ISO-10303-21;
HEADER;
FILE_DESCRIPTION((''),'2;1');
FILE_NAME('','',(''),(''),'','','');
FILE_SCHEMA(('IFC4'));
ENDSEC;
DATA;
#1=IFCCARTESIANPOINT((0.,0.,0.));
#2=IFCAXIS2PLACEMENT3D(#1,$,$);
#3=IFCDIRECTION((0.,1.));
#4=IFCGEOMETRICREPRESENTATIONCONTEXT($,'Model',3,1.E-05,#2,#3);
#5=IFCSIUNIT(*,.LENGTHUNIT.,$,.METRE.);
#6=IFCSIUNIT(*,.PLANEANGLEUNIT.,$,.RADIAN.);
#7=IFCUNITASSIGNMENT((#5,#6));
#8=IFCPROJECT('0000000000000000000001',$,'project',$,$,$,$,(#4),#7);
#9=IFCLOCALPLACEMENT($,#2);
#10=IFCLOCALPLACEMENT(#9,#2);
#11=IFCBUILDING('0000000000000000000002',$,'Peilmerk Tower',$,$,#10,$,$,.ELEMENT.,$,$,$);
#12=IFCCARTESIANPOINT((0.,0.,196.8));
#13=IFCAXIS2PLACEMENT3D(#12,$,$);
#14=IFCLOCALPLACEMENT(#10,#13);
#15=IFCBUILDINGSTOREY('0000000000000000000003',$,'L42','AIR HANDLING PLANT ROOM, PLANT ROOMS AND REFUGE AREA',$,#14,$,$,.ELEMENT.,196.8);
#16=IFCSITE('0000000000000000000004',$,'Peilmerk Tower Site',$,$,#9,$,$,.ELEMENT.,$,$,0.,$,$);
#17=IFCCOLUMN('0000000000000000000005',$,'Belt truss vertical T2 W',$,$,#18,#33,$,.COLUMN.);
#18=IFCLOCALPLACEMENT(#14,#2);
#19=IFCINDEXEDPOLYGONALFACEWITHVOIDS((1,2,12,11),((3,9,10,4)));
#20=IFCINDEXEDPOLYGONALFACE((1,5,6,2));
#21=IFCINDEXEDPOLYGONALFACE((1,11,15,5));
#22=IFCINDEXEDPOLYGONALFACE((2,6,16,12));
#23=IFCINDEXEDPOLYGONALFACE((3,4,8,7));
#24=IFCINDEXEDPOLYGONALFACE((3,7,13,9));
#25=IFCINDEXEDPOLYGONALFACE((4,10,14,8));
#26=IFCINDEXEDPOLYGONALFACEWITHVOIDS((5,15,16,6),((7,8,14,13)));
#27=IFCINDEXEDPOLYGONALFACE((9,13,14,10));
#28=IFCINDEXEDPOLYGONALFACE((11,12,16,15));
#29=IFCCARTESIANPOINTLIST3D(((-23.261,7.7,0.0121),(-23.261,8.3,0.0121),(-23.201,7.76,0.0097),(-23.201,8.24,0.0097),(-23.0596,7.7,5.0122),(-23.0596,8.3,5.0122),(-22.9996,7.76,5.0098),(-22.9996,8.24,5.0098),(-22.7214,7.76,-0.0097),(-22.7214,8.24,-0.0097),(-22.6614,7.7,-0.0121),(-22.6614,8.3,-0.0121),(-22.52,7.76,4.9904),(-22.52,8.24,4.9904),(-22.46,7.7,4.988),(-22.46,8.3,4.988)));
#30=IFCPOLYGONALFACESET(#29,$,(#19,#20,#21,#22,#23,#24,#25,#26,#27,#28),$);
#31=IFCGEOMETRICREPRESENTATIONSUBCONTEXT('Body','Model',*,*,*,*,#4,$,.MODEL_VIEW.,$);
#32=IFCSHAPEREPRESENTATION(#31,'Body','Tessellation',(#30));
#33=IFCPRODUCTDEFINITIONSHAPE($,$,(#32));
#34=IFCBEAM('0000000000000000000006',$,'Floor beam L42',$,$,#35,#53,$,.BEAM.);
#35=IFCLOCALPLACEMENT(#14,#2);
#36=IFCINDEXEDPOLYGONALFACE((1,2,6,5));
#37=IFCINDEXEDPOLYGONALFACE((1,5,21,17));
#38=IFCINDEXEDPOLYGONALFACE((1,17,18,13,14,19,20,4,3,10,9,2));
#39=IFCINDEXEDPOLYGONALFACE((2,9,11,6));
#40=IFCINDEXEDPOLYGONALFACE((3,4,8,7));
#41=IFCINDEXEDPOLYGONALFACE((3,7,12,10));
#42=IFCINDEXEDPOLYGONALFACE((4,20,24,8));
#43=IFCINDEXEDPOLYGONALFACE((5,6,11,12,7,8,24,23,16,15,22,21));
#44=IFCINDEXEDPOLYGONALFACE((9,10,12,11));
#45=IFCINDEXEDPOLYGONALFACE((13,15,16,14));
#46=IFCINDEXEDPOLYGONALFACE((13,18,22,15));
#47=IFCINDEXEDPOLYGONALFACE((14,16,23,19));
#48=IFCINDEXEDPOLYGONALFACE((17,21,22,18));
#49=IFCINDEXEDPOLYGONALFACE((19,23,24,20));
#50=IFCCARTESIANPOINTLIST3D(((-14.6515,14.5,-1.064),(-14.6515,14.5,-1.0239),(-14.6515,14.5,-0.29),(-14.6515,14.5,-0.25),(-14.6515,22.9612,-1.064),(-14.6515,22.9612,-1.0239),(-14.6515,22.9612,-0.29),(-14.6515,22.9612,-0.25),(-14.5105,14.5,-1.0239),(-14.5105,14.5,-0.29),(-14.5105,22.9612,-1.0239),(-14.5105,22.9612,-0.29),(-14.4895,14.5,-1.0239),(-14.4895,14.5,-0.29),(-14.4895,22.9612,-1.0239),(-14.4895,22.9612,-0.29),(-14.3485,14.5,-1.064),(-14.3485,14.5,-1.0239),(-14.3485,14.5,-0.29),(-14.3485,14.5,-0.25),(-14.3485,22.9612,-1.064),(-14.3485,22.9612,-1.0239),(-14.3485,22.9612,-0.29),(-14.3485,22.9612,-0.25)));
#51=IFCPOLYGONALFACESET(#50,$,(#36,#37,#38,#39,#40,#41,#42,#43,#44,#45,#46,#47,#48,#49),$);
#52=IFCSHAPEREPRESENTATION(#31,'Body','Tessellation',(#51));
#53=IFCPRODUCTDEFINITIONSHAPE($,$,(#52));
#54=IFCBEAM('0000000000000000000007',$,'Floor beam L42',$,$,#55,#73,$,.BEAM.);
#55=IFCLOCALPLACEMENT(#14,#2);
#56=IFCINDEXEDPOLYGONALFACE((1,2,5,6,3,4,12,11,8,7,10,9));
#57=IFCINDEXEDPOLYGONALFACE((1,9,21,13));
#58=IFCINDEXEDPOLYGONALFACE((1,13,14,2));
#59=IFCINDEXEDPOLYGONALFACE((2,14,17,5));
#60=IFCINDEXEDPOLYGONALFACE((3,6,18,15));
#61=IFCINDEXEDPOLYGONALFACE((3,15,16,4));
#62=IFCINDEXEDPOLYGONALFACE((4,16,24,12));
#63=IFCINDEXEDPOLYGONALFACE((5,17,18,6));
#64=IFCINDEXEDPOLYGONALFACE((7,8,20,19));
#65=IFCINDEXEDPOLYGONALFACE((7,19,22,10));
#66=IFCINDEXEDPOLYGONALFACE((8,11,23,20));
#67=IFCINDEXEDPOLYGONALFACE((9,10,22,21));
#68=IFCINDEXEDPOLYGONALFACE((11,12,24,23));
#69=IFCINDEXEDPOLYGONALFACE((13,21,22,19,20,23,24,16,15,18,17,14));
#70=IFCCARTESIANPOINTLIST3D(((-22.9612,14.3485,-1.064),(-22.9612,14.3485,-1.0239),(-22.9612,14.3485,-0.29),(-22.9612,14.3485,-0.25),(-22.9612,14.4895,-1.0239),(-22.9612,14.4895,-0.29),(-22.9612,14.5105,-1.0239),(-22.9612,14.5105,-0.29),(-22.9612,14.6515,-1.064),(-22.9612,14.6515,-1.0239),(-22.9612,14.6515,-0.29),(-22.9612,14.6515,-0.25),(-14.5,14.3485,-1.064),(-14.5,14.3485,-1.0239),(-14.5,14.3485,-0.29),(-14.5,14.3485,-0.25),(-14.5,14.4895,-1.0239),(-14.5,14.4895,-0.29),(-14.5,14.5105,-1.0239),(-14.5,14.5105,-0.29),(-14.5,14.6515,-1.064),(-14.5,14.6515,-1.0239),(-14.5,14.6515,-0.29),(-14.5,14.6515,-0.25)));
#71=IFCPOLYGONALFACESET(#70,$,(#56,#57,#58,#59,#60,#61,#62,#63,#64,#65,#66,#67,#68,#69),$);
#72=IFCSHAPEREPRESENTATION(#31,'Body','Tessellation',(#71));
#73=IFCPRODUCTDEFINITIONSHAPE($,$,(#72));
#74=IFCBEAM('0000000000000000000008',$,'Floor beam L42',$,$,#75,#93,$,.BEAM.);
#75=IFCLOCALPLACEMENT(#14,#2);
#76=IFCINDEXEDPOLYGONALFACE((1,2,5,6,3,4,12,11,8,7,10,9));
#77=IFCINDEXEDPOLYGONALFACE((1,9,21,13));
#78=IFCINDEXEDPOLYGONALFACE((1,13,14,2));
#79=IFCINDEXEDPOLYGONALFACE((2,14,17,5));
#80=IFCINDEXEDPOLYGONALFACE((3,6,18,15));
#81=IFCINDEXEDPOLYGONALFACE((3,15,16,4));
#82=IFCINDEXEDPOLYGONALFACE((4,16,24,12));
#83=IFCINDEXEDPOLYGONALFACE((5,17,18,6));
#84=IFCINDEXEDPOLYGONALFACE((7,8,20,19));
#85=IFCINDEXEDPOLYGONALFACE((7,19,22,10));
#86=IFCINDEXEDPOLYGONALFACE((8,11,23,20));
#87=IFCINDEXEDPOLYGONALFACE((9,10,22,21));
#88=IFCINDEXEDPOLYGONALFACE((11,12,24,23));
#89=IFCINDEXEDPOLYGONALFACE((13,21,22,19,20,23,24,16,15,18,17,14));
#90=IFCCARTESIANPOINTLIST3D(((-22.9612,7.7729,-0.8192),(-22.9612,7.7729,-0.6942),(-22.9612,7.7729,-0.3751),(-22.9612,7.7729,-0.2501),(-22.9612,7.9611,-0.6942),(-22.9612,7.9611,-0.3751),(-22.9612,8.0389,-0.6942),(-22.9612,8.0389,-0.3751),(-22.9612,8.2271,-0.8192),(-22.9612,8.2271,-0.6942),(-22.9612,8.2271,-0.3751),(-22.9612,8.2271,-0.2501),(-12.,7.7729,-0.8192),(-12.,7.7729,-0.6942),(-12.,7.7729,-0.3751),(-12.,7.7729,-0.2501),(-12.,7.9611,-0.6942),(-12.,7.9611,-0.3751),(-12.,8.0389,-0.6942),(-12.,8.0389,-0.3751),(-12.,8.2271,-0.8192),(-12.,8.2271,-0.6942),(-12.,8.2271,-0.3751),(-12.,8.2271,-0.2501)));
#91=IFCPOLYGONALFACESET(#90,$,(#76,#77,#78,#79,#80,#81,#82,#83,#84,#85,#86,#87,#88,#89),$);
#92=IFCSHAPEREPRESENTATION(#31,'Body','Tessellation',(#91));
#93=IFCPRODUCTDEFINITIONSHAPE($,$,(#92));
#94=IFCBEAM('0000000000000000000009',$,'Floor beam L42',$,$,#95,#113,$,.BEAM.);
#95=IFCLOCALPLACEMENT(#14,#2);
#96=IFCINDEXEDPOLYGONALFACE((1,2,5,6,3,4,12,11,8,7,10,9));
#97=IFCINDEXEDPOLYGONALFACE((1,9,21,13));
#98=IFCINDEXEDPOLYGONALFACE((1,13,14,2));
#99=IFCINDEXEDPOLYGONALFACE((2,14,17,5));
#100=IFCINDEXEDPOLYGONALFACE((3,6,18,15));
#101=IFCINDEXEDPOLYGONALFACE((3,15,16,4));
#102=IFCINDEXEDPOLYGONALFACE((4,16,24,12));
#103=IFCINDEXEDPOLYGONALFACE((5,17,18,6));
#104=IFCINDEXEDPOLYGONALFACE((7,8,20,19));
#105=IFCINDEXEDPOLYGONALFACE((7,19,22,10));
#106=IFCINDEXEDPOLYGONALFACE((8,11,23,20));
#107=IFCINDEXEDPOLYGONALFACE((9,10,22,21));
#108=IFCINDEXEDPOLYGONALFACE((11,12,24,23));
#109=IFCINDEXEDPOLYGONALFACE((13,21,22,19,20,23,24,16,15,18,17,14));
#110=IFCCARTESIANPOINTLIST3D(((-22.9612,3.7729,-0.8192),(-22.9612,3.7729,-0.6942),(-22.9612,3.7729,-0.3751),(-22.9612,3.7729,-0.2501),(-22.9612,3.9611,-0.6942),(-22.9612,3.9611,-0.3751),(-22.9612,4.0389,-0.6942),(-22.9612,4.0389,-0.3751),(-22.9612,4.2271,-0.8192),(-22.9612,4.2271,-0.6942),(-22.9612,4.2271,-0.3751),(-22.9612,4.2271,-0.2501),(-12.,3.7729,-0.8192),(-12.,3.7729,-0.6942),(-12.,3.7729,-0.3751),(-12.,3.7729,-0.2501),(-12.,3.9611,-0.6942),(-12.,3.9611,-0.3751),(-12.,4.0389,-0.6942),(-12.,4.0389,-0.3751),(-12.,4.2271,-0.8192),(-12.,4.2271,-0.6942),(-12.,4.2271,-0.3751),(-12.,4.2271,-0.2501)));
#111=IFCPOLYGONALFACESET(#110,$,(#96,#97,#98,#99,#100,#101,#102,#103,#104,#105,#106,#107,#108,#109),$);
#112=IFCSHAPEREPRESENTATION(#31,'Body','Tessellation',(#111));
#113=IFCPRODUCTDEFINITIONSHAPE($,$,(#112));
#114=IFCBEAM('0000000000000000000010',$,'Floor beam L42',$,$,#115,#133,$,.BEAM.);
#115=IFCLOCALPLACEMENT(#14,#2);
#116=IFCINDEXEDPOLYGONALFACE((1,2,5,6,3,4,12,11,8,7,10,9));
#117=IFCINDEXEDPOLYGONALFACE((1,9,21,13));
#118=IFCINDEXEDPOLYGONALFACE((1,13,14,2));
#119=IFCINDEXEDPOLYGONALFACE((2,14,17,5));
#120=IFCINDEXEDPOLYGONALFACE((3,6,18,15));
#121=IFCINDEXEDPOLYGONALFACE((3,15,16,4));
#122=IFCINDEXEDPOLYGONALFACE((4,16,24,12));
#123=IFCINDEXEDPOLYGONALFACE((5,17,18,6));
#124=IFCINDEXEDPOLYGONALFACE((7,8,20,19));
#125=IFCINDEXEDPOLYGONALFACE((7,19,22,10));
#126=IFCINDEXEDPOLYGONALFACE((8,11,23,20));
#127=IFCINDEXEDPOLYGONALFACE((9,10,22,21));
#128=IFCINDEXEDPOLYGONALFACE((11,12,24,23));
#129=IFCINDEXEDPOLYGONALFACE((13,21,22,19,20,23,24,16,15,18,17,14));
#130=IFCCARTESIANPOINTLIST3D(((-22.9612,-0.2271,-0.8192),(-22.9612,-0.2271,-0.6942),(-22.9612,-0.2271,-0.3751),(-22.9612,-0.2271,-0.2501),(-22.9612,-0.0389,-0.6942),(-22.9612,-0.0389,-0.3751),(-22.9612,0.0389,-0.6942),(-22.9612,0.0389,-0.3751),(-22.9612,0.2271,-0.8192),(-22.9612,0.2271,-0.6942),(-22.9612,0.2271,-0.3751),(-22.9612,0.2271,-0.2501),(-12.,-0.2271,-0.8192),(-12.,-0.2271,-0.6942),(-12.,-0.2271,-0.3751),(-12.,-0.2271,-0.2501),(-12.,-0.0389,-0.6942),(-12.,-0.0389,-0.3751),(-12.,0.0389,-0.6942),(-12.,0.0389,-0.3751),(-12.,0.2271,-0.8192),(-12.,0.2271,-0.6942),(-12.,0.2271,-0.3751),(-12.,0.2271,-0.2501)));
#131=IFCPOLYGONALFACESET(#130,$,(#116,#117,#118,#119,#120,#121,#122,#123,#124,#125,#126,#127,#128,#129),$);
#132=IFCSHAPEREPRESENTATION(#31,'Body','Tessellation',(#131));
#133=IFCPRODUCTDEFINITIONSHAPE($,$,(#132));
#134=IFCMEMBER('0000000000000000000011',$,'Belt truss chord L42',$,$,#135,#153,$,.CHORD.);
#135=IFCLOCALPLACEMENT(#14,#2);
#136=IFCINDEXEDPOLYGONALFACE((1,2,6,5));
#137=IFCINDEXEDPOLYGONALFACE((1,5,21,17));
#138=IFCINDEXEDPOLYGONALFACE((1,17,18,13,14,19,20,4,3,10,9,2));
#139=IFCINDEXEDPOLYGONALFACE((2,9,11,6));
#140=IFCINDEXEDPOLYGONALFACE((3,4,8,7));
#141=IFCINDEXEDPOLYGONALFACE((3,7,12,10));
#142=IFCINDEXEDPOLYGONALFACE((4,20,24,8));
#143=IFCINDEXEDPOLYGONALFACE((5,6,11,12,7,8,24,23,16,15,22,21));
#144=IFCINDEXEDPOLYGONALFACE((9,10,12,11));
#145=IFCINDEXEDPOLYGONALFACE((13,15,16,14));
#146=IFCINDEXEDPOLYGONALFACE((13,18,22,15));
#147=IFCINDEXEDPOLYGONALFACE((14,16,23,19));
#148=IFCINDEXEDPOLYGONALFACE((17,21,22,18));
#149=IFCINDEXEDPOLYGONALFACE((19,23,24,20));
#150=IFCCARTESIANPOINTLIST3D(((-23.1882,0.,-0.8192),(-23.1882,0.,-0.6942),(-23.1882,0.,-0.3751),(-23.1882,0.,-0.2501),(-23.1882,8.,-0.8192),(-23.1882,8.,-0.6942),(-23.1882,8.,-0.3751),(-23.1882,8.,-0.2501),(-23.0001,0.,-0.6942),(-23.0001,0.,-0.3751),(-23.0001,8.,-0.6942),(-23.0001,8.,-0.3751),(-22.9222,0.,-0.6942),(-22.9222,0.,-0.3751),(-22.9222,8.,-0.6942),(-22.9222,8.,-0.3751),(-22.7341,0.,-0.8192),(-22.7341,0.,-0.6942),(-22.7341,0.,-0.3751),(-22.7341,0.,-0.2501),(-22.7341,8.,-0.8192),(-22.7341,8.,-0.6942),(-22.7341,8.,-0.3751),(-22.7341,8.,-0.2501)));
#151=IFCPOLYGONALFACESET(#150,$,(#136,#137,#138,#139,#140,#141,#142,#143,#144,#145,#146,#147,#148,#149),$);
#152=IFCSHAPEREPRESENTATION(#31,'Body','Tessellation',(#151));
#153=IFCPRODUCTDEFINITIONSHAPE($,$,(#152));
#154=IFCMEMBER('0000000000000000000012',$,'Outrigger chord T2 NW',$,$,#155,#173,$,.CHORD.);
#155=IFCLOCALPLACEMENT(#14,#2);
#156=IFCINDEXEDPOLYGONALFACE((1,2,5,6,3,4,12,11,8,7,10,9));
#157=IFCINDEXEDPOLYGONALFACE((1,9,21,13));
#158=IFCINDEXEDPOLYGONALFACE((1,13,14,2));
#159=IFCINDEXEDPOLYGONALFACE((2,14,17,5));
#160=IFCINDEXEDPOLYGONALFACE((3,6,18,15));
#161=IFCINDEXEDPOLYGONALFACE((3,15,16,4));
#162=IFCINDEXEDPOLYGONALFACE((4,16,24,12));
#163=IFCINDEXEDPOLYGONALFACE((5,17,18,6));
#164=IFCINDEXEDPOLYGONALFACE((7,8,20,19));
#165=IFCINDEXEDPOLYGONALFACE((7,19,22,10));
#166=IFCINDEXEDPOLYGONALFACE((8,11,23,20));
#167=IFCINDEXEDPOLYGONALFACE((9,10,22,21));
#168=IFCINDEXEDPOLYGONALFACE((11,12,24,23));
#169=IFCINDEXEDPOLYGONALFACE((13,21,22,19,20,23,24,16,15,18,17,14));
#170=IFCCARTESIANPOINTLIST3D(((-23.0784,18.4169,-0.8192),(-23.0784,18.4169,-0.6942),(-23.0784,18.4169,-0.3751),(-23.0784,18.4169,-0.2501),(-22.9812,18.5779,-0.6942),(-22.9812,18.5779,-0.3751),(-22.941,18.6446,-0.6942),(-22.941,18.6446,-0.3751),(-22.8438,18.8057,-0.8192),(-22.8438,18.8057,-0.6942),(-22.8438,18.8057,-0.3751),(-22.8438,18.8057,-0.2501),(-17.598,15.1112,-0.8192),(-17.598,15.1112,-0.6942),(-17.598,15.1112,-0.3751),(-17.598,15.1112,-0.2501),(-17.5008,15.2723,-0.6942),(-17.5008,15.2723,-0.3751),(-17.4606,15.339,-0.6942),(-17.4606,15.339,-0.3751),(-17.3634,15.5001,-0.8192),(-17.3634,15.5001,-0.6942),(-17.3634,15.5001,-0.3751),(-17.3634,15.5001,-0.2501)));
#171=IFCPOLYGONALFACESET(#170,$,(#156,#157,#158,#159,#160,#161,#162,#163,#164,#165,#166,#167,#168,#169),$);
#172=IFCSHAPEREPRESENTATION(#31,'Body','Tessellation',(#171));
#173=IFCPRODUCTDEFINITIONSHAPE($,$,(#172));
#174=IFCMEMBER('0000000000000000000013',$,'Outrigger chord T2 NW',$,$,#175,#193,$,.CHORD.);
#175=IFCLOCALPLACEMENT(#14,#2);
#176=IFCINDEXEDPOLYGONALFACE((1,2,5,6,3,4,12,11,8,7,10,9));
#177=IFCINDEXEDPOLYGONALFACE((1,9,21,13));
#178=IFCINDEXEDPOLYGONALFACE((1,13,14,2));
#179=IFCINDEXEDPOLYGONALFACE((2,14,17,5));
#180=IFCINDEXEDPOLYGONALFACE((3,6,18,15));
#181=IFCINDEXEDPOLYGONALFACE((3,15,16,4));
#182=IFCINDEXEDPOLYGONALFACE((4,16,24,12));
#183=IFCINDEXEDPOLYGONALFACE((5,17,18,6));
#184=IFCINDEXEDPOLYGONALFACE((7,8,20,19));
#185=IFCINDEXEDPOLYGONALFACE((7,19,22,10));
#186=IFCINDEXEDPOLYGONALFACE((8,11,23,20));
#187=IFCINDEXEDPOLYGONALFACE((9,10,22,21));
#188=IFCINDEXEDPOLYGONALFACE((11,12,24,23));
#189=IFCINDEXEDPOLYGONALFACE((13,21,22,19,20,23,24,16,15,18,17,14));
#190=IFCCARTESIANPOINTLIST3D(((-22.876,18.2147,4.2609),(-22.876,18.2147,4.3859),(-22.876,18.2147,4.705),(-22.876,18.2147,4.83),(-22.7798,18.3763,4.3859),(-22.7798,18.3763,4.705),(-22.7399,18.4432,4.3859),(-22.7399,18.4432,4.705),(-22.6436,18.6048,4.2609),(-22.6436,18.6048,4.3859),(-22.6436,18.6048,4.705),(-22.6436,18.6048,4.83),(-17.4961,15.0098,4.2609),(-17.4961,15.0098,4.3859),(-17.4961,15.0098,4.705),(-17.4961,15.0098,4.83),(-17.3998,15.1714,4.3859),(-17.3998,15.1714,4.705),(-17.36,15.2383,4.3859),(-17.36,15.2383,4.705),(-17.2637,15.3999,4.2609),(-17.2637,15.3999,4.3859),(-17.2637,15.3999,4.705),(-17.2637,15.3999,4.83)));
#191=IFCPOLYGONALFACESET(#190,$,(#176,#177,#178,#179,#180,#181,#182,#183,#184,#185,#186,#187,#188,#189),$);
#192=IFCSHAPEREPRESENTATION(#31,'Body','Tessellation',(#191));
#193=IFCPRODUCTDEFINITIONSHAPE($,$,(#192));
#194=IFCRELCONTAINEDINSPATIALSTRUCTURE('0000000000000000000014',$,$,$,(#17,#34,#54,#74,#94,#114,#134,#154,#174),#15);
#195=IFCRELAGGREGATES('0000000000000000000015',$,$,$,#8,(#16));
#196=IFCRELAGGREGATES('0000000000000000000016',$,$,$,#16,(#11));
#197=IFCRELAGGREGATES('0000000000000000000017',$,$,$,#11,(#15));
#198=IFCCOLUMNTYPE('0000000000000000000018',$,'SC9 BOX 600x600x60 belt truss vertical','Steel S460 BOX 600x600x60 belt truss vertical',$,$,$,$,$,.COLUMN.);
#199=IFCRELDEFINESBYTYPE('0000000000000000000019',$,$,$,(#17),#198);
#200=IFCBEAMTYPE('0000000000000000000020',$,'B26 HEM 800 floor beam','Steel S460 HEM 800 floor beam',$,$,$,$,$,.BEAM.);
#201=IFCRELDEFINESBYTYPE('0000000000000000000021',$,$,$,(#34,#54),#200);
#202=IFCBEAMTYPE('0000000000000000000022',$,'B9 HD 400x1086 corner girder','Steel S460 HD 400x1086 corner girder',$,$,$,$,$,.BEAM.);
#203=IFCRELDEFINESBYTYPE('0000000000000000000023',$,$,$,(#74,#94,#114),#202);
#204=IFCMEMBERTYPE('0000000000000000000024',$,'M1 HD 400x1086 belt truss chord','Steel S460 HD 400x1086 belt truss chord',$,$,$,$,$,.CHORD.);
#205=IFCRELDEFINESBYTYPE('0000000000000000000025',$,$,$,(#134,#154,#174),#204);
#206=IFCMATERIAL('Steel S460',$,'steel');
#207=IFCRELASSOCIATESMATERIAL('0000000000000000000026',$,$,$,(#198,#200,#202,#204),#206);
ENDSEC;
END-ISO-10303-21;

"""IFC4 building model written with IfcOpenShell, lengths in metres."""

from ifc_helpers import new_model, si_unit, direction, frame, origin, origin_2d, place, context, subcontext, project, spatial, hollow_rectangle, i_section, extrude, material, material_profile, profile_set, type_object, element, save


model = new_model("IFC4")

# Units and contexts
model_context = context("Model", 3, precision=1e-05, world=origin(), true_north=direction((0.0, 1.0)))
body_context = subcontext(model_context, "Body", "Model", "MODEL_VIEW")
ifc_project = project(units=[si_unit("LENGTHUNIT", "METRE"), si_unit("PLANEANGLEUNIT", "RADIAN")], contexts=[model_context])

# Site, building, storey
site_placement = place(None, origin())
site = spatial("IfcSite", under=ifc_project, at=site_placement, Name="Peilmerk Tower Site", CompositionType="ELEMENT", RefElevation=0.0)
building_placement = place(site_placement, origin())
building = spatial("IfcBuilding", under=site, at=building_placement, Name="Peilmerk Tower", CompositionType="ELEMENT")
storey_placement = place(building_placement, frame((0.0, 0.0, 196.8)))
storey = spatial("IfcBuildingStorey", under=building, at=storey_placement, Name="L42", Description="AIR HANDLING PLANT ROOM, PLANT ROOMS AND REFUGE AREA", CompositionType="ELEMENT", Elevation=196.8)

# Column
ifc_material_1 = material(Name="Steel S460", Category="steel")
ifc_material_profile_1 = material_profile(ifc_material_1, hollow_rectangle(XDim=0.6001, YDim=0.6001, WallThickness=0.0601, at=origin_2d()), Name="BOX 600x600x60")
ifc_profile_set_1 = profile_set([ifc_material_profile_1], Name="Steel S460")
column_type = type_object("IfcColumnType", Name="SC9 BOX 600x600x60 belt truss vertical", Description="Steel S460 BOX 600x600x60 belt truss vertical", PredefinedType="COLUMN", material=ifc_profile_set_1)
column_placement = place(storey_placement, frame((-22.9612, 8.0, 0.0), z_axis=(0.040251, 0.0, 0.99919), x_axis=(0.0, 1.0, 0.0)))
element("IfcColumn", 1, at=column_placement, inside=storey, type_object=column_type, Name="Belt truss vertical T2 W", PredefinedType="COLUMN", context=body_context, shape_type="SweptSolid", body=[
    extrude(hollow_rectangle(XDim=0.6001, YDim=0.6001, WallThickness=0.0601, at=origin_2d()), origin(), (0.0, 0.0, 1.0), 5.0042),
])

# Beams
ifc_material_profile_2 = material_profile(ifc_material_1, i_section(OverallWidth=0.303, OverallDepth=0.814, WebThickness=0.021, FlangeThickness=0.04, at=origin_2d()), Name="HEM 800")
ifc_profile_set_2 = profile_set([ifc_material_profile_2], Name="Steel S460")
beam_type_1 = type_object("IfcBeamType", Name="B26 HEM 800 floor beam", Description="Steel S460 HEM 800 floor beam", PredefinedType="BEAM", material=ifc_profile_set_2)
for number, where, z_axis, x_axis, name in (
    (2, (-14.5, 14.5, -0.657), (0.0, 1.0, 0.0), (-1.0, 0.0, 0.0), "Floor beam L42"),
    (3, (-14.5, 14.5, -0.657), (-1.0, 0.0, 0.0), (0.0, -1.0, 0.0), "Floor beam L42"),
):
    element("IfcBeam", number, at=place(storey_placement, frame(where, z_axis=z_axis, x_axis=x_axis)), inside=storey, type_object=beam_type_1, Name=name, PredefinedType="BEAM", context=body_context, shape_type="SweptSolid", body=[
        extrude(i_section(OverallWidth=0.303, OverallDepth=0.814, WebThickness=0.021, FlangeThickness=0.04, at=origin_2d()), origin(), (0.0, 0.0, 1.0), 8.4612),
    ])
ifc_material_profile_3 = material_profile(ifc_material_1, i_section(OverallWidth=0.4541, OverallDepth=0.5691, WebThickness=0.0779, FlangeThickness=0.125, at=origin_2d()), Name="HD 400x1086")
ifc_profile_set_3 = profile_set([ifc_material_profile_3], Name="Steel S460")
beam_type_2 = type_object("IfcBeamType", Name="B9 HD 400x1086 corner girder", Description="Steel S460 HD 400x1086 corner girder", PredefinedType="BEAM", material=ifc_profile_set_3)
for number, where, z_axis, x_axis, name in (
    (4, (-12.0, 8.0, -0.5347), (-1.0, 0.0, 0.0), (0.0, -1.0, 0.0), "Floor beam L42"),
    (5, (-12.0, 4.0, -0.5347), (-1.0, 0.0, 0.0), (0.0, -1.0, 0.0), "Floor beam L42"),
    (6, (-12.0, 0.0, -0.5347), (-1.0, 0.0, 0.0), (0.0, -1.0, 0.0), "Floor beam L42"),
):
    element("IfcBeam", number, at=place(storey_placement, frame(where, z_axis=z_axis, x_axis=x_axis)), inside=storey, type_object=beam_type_2, Name=name, PredefinedType="BEAM", context=body_context, shape_type="SweptSolid", body=[
        extrude(i_section(OverallWidth=0.4541, OverallDepth=0.5691, WebThickness=0.0779, FlangeThickness=0.125, at=origin_2d()), origin(), (0.0, 0.0, 1.0), 10.9612),
    ])

# Members
ifc_material_profile_4 = material_profile(ifc_material_1, i_section(OverallWidth=0.4541, OverallDepth=0.5691, WebThickness=0.0779, FlangeThickness=0.125, at=origin_2d()), Name="HD 400x1086")
ifc_profile_set_4 = profile_set([ifc_material_profile_4], Name="Steel S460")
member_type_1 = type_object("IfcMemberType", Name="M1 HD 400x1086 belt truss chord", Description="Steel S460 HD 400x1086 belt truss chord", PredefinedType="CHORD", material=ifc_profile_set_4)
member_1_placement = place(storey_placement, frame((-22.9612, 8.0, -0.5347), z_axis=(0.0, -1.0, 0.0), x_axis=(1.0, 0.0, 0.0)))
element("IfcMember", 7, at=member_1_placement, inside=storey, type_object=member_type_1, Name="Belt truss chord L42", PredefinedType="CHORD", context=body_context, shape_type="SweptSolid", body=[
    extrude(i_section(OverallWidth=0.4541, OverallDepth=0.5691, WebThickness=0.0779, FlangeThickness=0.125, at=origin_2d()), origin(), (0.0, 0.0, 1.0), 8.0),
])
member_2_placement = place(storey_placement, frame((-17.4807, 15.3057, -0.5347), z_axis=(-0.856292, 0.516491, 0.0), x_axis=(-0.516491, -0.856292, 0.0)))
element("IfcMember", 8, at=member_2_placement, inside=storey, type_object=member_type_1, Name="Outrigger chord T2 NW", PredefinedType="CHORD", context=body_context, shape_type="SweptSolid", body=[
    extrude(i_section(OverallWidth=0.4541, OverallDepth=0.5691, WebThickness=0.0779, FlangeThickness=0.125, at=origin_2d()), origin(), (0.0, 0.0, 1.0), 6.4001),
])
member_3_placement = place(storey_placement, frame((-17.3799, 15.2048, 4.5454), z_axis=(-0.859116, 0.511781, 0.0), x_axis=(-0.511781, -0.859116, 0.0)))
element("IfcMember", 9, at=member_3_placement, inside=storey, type_object=member_type_1, Name="Outrigger chord T2 NW", PredefinedType="CHORD", context=body_context, shape_type="SweptSolid", body=[
    extrude(i_section(OverallWidth=0.4541, OverallDepth=0.5691, WebThickness=0.0779, FlangeThickness=0.125, at=origin_2d()), origin(), (0.0, 0.0, 1.0), 6.2622),
])

save(model, "model.ifc")
